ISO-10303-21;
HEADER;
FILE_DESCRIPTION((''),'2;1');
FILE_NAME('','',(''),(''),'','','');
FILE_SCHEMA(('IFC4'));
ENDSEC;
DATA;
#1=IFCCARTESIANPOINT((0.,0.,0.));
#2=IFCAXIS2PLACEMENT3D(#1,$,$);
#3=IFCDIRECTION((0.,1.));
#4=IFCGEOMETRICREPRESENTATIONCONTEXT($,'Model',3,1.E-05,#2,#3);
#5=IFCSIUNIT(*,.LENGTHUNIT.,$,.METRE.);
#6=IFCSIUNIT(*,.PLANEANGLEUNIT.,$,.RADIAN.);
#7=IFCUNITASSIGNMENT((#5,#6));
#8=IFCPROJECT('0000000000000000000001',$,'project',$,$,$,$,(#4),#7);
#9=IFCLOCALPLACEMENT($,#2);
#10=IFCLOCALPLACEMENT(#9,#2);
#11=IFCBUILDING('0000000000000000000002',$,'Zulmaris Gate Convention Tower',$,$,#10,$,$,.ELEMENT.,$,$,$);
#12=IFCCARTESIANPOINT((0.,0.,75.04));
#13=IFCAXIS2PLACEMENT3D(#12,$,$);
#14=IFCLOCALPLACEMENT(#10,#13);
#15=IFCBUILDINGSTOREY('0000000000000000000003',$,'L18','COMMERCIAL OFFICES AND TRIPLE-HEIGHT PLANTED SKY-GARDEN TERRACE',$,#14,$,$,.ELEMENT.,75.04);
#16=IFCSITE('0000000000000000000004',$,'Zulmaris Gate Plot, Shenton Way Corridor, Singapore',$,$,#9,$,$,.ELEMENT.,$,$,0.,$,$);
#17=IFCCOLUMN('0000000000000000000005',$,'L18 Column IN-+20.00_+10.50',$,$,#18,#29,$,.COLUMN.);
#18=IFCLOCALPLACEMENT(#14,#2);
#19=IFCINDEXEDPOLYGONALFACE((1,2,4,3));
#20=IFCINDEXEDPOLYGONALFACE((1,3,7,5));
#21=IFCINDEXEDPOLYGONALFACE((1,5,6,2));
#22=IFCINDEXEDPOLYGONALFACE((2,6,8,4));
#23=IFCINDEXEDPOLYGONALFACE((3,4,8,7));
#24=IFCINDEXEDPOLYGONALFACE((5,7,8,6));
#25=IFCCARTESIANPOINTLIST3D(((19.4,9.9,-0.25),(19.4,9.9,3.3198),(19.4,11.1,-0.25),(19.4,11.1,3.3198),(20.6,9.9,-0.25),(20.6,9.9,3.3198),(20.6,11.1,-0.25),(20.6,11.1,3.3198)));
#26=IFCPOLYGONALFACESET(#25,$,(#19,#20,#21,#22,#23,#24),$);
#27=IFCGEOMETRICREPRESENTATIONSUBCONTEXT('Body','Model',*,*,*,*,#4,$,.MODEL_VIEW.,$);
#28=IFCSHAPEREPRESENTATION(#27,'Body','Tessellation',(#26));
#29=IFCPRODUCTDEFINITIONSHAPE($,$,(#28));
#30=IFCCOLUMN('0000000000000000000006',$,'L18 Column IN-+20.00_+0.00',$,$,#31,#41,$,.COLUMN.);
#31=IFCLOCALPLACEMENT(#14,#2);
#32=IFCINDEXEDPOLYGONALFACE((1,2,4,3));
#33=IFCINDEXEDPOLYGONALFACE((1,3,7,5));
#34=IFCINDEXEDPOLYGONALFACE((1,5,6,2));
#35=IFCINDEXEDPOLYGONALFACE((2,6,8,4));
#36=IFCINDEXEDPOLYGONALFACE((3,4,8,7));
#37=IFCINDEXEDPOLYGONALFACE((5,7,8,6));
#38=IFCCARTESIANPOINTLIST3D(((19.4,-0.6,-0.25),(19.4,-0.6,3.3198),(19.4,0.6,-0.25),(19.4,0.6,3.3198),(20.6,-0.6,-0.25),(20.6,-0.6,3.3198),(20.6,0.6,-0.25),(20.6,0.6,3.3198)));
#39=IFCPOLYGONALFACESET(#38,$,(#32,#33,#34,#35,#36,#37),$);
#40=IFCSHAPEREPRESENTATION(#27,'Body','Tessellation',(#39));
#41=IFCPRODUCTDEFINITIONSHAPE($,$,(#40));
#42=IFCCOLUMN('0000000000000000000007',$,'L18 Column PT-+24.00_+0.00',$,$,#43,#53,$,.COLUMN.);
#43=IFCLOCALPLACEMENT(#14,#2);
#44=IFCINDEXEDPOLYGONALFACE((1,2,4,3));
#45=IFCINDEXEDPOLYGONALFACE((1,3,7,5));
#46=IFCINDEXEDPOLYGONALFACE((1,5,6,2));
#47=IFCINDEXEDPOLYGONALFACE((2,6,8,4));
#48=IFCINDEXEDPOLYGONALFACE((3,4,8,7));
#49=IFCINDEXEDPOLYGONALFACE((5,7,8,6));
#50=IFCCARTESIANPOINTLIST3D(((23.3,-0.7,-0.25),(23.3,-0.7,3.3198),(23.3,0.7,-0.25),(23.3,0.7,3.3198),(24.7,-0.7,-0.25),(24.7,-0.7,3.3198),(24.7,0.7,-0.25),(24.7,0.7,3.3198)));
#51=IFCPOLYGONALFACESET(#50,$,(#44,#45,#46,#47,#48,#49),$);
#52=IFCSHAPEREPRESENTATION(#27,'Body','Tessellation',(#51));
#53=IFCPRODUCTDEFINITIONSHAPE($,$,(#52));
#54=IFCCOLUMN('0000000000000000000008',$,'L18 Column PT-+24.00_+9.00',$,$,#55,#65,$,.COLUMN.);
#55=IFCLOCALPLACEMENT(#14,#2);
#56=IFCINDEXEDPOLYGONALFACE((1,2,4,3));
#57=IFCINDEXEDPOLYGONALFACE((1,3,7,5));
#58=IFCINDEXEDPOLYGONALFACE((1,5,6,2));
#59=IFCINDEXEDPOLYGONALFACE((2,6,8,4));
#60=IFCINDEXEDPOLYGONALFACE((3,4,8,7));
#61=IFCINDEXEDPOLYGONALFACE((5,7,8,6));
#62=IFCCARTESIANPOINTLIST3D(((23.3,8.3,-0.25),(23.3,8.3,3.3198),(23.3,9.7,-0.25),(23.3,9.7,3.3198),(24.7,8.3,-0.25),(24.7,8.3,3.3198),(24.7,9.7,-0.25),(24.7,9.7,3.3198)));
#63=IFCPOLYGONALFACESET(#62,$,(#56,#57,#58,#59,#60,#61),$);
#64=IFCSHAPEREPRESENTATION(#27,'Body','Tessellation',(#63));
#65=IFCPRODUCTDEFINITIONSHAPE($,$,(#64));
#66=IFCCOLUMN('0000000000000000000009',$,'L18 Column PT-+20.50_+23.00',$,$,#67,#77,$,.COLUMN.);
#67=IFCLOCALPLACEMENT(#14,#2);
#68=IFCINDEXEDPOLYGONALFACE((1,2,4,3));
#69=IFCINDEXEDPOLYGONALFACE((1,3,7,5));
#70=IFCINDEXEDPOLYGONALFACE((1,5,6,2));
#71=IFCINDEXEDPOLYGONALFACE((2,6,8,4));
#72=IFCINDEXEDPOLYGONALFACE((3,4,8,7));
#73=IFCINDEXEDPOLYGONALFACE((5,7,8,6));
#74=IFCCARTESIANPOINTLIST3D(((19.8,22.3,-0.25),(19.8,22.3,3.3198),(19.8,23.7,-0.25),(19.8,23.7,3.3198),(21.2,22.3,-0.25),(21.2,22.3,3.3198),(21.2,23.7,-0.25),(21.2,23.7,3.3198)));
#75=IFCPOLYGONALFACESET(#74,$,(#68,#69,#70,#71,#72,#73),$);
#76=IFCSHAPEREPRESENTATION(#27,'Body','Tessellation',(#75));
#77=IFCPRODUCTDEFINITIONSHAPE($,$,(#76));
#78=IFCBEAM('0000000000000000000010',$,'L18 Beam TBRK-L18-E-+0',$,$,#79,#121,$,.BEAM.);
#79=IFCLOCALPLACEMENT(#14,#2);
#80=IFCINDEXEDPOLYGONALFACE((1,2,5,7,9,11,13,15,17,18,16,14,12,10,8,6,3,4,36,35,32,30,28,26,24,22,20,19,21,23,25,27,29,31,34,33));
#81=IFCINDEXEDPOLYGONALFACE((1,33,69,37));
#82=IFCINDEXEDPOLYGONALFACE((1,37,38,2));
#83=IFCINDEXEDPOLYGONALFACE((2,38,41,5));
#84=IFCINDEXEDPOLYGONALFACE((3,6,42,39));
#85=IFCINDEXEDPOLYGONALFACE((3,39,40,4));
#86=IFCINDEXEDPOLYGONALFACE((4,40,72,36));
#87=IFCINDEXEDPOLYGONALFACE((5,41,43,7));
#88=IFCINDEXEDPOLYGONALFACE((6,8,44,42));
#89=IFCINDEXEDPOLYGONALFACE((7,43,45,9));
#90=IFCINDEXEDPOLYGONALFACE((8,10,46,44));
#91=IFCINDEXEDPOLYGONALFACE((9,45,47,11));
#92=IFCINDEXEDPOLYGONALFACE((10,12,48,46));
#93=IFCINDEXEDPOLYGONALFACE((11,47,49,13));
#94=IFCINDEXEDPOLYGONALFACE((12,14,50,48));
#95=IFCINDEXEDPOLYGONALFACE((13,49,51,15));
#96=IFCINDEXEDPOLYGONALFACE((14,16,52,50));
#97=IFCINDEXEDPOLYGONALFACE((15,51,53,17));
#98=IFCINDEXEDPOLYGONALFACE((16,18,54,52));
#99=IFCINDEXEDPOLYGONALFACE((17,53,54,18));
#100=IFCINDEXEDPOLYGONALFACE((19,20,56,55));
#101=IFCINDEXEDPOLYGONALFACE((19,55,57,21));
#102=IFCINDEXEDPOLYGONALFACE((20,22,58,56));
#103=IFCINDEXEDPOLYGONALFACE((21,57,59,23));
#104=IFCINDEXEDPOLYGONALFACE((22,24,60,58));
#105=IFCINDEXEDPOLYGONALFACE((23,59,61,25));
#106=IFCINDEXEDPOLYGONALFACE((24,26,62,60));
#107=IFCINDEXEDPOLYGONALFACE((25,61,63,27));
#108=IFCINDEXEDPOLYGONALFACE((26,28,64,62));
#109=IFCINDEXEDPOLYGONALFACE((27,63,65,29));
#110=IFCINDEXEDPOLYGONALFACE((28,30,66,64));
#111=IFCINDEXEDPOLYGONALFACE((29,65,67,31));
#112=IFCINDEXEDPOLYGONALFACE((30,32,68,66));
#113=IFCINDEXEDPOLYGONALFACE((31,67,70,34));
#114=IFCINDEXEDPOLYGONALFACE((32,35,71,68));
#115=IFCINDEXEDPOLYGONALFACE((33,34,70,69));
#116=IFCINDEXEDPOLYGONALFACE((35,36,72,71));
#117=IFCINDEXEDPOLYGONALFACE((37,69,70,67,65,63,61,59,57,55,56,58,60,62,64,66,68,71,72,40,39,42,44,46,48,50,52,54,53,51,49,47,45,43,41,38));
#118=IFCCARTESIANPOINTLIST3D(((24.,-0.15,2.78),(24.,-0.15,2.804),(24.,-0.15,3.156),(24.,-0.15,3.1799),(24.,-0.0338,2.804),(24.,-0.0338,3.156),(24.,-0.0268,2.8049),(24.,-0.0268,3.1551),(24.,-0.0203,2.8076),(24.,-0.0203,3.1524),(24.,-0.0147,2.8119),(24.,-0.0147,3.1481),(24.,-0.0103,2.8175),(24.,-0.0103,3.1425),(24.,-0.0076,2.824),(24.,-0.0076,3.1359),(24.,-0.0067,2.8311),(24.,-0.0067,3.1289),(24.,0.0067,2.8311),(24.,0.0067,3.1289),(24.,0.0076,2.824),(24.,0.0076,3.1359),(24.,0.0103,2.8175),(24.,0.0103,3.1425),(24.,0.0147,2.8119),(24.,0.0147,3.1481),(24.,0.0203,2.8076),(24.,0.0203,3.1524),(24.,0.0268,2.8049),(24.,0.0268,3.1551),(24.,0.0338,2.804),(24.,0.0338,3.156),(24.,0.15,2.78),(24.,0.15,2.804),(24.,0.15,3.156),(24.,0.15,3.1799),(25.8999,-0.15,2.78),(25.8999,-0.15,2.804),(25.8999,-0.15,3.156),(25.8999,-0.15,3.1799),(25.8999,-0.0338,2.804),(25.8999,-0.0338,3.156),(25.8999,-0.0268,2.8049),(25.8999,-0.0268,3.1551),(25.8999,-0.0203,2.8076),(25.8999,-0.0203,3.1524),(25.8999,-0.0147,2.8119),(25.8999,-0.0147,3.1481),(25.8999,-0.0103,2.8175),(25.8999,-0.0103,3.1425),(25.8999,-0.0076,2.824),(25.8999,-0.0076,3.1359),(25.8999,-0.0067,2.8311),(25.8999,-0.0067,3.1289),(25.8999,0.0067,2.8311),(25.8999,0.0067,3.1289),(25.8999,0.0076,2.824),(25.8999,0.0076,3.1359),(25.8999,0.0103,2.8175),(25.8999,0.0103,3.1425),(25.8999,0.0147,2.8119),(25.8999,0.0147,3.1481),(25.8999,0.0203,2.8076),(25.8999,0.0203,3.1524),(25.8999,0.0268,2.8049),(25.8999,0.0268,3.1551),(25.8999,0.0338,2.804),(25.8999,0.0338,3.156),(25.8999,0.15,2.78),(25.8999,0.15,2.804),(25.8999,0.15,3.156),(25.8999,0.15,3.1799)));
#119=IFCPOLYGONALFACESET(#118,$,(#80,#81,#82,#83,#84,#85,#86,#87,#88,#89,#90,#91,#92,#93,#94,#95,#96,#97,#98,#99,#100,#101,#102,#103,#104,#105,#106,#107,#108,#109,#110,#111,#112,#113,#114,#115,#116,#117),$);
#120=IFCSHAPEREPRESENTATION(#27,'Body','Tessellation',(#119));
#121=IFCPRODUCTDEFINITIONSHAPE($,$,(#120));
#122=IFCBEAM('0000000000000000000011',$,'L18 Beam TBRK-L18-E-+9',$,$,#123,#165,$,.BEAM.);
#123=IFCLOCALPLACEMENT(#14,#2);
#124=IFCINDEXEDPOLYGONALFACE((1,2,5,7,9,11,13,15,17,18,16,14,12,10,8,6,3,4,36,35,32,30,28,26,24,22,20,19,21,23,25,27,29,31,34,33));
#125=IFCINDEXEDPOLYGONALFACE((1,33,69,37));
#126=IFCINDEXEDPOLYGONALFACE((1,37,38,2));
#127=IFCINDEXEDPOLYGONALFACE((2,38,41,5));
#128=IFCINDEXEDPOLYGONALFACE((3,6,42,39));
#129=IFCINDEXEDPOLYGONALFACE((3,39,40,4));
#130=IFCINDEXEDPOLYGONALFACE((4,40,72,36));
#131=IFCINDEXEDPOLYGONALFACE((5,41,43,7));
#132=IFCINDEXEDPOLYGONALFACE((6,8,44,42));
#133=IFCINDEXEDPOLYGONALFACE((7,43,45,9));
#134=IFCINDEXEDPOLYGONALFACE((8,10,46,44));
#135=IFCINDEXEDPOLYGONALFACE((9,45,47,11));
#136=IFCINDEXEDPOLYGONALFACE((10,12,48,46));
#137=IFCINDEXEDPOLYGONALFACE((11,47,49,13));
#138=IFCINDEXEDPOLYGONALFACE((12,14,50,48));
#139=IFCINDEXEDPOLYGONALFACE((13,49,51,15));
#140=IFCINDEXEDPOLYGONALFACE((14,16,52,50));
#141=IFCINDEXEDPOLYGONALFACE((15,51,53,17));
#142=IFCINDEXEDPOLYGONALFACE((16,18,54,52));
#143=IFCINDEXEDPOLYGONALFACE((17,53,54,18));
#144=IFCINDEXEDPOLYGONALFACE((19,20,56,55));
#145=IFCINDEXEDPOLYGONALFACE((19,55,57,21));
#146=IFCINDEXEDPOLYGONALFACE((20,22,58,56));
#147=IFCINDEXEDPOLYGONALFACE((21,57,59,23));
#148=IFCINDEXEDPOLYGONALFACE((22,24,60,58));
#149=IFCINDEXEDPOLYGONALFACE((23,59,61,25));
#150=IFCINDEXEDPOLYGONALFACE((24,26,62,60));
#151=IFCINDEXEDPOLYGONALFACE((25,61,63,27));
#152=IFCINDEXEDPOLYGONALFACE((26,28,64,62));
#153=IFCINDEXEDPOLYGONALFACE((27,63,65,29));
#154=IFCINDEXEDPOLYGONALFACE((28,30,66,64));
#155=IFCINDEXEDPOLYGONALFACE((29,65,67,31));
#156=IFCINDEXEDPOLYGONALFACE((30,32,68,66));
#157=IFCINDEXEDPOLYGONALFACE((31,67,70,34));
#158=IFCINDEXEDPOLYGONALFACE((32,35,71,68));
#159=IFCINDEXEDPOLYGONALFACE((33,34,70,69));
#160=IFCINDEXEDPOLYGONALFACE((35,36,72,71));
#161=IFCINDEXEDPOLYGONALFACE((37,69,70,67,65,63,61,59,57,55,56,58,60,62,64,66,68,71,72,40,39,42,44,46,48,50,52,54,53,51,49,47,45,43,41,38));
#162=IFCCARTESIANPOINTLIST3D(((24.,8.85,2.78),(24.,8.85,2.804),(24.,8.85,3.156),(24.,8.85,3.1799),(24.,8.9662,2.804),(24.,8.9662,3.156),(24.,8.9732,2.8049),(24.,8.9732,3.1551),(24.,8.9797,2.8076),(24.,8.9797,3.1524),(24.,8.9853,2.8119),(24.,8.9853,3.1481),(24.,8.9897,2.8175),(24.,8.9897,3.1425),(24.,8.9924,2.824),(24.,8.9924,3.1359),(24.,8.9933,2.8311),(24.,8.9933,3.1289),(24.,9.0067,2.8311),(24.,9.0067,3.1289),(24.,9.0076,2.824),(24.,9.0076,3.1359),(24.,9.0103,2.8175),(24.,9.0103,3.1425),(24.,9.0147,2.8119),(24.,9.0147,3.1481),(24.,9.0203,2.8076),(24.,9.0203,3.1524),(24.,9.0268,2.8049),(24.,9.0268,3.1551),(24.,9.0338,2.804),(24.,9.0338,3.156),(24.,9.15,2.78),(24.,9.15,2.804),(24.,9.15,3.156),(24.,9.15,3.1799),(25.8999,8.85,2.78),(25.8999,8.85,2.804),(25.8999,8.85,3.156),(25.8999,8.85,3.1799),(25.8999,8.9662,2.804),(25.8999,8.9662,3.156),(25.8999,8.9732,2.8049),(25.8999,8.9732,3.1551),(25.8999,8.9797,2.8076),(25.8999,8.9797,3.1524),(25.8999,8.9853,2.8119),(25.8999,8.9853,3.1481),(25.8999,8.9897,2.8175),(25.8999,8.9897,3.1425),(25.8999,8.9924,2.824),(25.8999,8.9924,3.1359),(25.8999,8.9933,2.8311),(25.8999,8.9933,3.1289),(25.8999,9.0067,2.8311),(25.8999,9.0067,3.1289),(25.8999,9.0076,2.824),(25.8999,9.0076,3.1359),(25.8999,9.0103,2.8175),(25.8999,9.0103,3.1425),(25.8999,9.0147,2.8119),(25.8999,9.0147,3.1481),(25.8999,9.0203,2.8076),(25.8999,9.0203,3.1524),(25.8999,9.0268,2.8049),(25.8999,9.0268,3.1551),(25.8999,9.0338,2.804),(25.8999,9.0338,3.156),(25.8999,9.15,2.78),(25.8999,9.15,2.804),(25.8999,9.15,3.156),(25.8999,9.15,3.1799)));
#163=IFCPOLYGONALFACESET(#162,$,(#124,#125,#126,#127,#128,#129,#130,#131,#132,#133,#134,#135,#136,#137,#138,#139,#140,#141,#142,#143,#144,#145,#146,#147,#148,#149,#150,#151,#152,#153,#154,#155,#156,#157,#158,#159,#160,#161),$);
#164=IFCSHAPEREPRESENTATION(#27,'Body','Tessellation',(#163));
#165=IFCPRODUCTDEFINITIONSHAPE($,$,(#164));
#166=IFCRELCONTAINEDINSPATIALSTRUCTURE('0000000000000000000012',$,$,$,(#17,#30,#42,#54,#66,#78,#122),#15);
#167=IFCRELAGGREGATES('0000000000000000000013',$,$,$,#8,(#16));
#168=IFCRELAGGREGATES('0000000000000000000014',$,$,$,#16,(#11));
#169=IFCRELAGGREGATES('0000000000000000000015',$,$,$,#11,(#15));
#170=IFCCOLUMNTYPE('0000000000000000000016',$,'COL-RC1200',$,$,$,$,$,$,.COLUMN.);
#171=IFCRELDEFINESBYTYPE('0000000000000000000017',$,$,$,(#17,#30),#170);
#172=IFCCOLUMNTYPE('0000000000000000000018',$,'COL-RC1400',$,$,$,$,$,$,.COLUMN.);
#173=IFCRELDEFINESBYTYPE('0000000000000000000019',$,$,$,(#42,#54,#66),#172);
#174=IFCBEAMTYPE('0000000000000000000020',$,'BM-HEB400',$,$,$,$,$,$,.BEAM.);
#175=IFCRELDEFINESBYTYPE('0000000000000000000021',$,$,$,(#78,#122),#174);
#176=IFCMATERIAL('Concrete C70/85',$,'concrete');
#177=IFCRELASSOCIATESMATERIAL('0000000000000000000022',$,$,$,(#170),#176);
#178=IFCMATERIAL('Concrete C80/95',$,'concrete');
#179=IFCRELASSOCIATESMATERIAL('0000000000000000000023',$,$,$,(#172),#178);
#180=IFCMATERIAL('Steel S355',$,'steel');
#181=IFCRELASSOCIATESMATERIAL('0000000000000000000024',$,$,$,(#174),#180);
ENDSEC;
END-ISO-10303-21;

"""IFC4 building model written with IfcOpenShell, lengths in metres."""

from ifc_helpers import new_model, si_unit, direction, frame, origin, origin_2d, place, context, subcontext, project, spatial, rectangle, i_section, extrude, material, material_profile, profile_set, type_object, element, save


model = new_model("IFC4")

# Units and contexts
model_context = context("Model", 3, precision=1e-05, world=origin(), true_north=direction((0.0, 1.0)))
body_context = subcontext(model_context, "Body", "Model", "MODEL_VIEW")
ifc_project = project(units=[si_unit("LENGTHUNIT", "METRE"), si_unit("PLANEANGLEUNIT", "RADIAN")], contexts=[model_context])

# Site, building, storey
site_placement = place(None, origin())
site = spatial("IfcSite", under=ifc_project, at=site_placement, Name="Zulmaris Gate Plot, Shenton Way Corridor, Singapore", CompositionType="ELEMENT", RefElevation=0.0)
building_placement = place(site_placement, origin())
building = spatial("IfcBuilding", under=site, at=building_placement, Name="Zulmaris Gate Convention Tower", CompositionType="ELEMENT")
storey_placement = place(building_placement, frame((0.0, 0.0, 75.04)))
storey = spatial("IfcBuildingStorey", under=building, at=storey_placement, Name="L18", Description="COMMERCIAL OFFICES AND TRIPLE-HEIGHT PLANTED SKY-GARDEN TERRACE", CompositionType="ELEMENT", Elevation=75.04)

# Columns
ifc_material_1 = material(Name="Concrete C70/85", Category="concrete")
ifc_material_profile_1 = material_profile(ifc_material_1, rectangle(XDim=1.2, YDim=1.2, at=origin_2d()), Name="RC COL 1200x1200")
ifc_profile_set_1 = profile_set([ifc_material_profile_1], Name="Concrete C70/85")
column_type_1 = type_object("IfcColumnType", Name="COL-RC1200", PredefinedType="COLUMN", material=ifc_profile_set_1)
for number, where, z_axis, x_axis, name in (
    (1, (20.0, 10.5, -0.25), (0.0, 0.0, 1.0), (1.0, 0.0, 0.0), "L18 Column IN-+20.00_+10.50"),
    (2, (20.0, 0.0, -0.25), (0.0, 0.0, 1.0), (1.0, 0.0, 0.0), "L18 Column IN-+20.00_+0.00"),
):
    element("IfcColumn", number, at=place(storey_placement, frame(where, z_axis=z_axis, x_axis=x_axis)), inside=storey, type_object=column_type_1, Name=name, PredefinedType="COLUMN", context=body_context, shape_type="SweptSolid", body=[
        extrude(rectangle(XDim=1.2, YDim=1.2, at=origin_2d()), origin(), (0.0, 0.0, 1.0), 3.5698),
    ])
ifc_material_2 = material(Name="Concrete C80/95", Category="concrete")
ifc_material_profile_2 = material_profile(ifc_material_2, rectangle(XDim=1.3999, YDim=1.3999, at=origin_2d()), Name="RC COL 1400x1400")
ifc_profile_set_2 = profile_set([ifc_material_profile_2], Name="Concrete C80/95")
column_type_2 = type_object("IfcColumnType", Name="COL-RC1400", PredefinedType="COLUMN", material=ifc_profile_set_2)
for number, where, z_axis, x_axis, name in (
    (3, (24.0, 0.0, -0.25), (0.0, 0.0, 1.0), (1.0, 0.0, 0.0), "L18 Column PT-+24.00_+0.00"),
    (4, (24.0, 9.0, -0.25), (0.0, 0.0, 1.0), (1.0, 0.0, 0.0), "L18 Column PT-+24.00_+9.00"),
    (5, (20.5, 23.0, -0.25), (0.0, 0.0, 1.0), (1.0, 0.0, 0.0), "L18 Column PT-+20.50_+23.00"),
):
    element("IfcColumn", number, at=place(storey_placement, frame(where, z_axis=z_axis, x_axis=x_axis)), inside=storey, type_object=column_type_2, Name=name, PredefinedType="COLUMN", context=body_context, shape_type="SweptSolid", body=[
        extrude(rectangle(XDim=1.3999, YDim=1.3999, at=origin_2d()), origin(), (0.0, 0.0, 1.0), 3.5698),
    ])

# Beams
ifc_material_3 = material(Name="Steel S355", Category="steel")
ifc_material_profile_3 = material_profile(ifc_material_3, i_section(OverallWidth=0.3, OverallDepth=0.3999, WebThickness=0.0134, FlangeThickness=0.0239, FilletRadius=0.0271, at=origin_2d()), Name="HEB 400")
ifc_profile_set_3 = profile_set([ifc_material_profile_3], Name="Steel S355")
beam_type_1 = type_object("IfcBeamType", Name="BM-HEB400", PredefinedType="BEAM", material=ifc_profile_set_3)
for number, where, z_axis, x_axis, name in (
    (6, (24.0, 0.0, 2.98), (1.0, 0.0, 0.0), (0.0, 1.0, 0.0), "L18 Beam TBRK-L18-E-+0"),
    (7, (24.0, 9.0, 2.98), (1.0, 0.0, 0.0), (0.0, 1.0, 0.0), "L18 Beam TBRK-L18-E-+9"),
):
    element("IfcBeam", number, at=place(storey_placement, frame(where, z_axis=z_axis, x_axis=x_axis)), inside=storey, type_object=beam_type_1, Name=name, PredefinedType="BEAM", context=body_context, shape_type="SweptSolid", body=[
        extrude(i_section(OverallWidth=0.3, OverallDepth=0.3999, WebThickness=0.0134, FlangeThickness=0.0239, FilletRadius=0.0271, at=origin_2d()), origin(), (0.0, 0.0, 1.0), 1.8999),
    ])

save(model, "model.ifc")
